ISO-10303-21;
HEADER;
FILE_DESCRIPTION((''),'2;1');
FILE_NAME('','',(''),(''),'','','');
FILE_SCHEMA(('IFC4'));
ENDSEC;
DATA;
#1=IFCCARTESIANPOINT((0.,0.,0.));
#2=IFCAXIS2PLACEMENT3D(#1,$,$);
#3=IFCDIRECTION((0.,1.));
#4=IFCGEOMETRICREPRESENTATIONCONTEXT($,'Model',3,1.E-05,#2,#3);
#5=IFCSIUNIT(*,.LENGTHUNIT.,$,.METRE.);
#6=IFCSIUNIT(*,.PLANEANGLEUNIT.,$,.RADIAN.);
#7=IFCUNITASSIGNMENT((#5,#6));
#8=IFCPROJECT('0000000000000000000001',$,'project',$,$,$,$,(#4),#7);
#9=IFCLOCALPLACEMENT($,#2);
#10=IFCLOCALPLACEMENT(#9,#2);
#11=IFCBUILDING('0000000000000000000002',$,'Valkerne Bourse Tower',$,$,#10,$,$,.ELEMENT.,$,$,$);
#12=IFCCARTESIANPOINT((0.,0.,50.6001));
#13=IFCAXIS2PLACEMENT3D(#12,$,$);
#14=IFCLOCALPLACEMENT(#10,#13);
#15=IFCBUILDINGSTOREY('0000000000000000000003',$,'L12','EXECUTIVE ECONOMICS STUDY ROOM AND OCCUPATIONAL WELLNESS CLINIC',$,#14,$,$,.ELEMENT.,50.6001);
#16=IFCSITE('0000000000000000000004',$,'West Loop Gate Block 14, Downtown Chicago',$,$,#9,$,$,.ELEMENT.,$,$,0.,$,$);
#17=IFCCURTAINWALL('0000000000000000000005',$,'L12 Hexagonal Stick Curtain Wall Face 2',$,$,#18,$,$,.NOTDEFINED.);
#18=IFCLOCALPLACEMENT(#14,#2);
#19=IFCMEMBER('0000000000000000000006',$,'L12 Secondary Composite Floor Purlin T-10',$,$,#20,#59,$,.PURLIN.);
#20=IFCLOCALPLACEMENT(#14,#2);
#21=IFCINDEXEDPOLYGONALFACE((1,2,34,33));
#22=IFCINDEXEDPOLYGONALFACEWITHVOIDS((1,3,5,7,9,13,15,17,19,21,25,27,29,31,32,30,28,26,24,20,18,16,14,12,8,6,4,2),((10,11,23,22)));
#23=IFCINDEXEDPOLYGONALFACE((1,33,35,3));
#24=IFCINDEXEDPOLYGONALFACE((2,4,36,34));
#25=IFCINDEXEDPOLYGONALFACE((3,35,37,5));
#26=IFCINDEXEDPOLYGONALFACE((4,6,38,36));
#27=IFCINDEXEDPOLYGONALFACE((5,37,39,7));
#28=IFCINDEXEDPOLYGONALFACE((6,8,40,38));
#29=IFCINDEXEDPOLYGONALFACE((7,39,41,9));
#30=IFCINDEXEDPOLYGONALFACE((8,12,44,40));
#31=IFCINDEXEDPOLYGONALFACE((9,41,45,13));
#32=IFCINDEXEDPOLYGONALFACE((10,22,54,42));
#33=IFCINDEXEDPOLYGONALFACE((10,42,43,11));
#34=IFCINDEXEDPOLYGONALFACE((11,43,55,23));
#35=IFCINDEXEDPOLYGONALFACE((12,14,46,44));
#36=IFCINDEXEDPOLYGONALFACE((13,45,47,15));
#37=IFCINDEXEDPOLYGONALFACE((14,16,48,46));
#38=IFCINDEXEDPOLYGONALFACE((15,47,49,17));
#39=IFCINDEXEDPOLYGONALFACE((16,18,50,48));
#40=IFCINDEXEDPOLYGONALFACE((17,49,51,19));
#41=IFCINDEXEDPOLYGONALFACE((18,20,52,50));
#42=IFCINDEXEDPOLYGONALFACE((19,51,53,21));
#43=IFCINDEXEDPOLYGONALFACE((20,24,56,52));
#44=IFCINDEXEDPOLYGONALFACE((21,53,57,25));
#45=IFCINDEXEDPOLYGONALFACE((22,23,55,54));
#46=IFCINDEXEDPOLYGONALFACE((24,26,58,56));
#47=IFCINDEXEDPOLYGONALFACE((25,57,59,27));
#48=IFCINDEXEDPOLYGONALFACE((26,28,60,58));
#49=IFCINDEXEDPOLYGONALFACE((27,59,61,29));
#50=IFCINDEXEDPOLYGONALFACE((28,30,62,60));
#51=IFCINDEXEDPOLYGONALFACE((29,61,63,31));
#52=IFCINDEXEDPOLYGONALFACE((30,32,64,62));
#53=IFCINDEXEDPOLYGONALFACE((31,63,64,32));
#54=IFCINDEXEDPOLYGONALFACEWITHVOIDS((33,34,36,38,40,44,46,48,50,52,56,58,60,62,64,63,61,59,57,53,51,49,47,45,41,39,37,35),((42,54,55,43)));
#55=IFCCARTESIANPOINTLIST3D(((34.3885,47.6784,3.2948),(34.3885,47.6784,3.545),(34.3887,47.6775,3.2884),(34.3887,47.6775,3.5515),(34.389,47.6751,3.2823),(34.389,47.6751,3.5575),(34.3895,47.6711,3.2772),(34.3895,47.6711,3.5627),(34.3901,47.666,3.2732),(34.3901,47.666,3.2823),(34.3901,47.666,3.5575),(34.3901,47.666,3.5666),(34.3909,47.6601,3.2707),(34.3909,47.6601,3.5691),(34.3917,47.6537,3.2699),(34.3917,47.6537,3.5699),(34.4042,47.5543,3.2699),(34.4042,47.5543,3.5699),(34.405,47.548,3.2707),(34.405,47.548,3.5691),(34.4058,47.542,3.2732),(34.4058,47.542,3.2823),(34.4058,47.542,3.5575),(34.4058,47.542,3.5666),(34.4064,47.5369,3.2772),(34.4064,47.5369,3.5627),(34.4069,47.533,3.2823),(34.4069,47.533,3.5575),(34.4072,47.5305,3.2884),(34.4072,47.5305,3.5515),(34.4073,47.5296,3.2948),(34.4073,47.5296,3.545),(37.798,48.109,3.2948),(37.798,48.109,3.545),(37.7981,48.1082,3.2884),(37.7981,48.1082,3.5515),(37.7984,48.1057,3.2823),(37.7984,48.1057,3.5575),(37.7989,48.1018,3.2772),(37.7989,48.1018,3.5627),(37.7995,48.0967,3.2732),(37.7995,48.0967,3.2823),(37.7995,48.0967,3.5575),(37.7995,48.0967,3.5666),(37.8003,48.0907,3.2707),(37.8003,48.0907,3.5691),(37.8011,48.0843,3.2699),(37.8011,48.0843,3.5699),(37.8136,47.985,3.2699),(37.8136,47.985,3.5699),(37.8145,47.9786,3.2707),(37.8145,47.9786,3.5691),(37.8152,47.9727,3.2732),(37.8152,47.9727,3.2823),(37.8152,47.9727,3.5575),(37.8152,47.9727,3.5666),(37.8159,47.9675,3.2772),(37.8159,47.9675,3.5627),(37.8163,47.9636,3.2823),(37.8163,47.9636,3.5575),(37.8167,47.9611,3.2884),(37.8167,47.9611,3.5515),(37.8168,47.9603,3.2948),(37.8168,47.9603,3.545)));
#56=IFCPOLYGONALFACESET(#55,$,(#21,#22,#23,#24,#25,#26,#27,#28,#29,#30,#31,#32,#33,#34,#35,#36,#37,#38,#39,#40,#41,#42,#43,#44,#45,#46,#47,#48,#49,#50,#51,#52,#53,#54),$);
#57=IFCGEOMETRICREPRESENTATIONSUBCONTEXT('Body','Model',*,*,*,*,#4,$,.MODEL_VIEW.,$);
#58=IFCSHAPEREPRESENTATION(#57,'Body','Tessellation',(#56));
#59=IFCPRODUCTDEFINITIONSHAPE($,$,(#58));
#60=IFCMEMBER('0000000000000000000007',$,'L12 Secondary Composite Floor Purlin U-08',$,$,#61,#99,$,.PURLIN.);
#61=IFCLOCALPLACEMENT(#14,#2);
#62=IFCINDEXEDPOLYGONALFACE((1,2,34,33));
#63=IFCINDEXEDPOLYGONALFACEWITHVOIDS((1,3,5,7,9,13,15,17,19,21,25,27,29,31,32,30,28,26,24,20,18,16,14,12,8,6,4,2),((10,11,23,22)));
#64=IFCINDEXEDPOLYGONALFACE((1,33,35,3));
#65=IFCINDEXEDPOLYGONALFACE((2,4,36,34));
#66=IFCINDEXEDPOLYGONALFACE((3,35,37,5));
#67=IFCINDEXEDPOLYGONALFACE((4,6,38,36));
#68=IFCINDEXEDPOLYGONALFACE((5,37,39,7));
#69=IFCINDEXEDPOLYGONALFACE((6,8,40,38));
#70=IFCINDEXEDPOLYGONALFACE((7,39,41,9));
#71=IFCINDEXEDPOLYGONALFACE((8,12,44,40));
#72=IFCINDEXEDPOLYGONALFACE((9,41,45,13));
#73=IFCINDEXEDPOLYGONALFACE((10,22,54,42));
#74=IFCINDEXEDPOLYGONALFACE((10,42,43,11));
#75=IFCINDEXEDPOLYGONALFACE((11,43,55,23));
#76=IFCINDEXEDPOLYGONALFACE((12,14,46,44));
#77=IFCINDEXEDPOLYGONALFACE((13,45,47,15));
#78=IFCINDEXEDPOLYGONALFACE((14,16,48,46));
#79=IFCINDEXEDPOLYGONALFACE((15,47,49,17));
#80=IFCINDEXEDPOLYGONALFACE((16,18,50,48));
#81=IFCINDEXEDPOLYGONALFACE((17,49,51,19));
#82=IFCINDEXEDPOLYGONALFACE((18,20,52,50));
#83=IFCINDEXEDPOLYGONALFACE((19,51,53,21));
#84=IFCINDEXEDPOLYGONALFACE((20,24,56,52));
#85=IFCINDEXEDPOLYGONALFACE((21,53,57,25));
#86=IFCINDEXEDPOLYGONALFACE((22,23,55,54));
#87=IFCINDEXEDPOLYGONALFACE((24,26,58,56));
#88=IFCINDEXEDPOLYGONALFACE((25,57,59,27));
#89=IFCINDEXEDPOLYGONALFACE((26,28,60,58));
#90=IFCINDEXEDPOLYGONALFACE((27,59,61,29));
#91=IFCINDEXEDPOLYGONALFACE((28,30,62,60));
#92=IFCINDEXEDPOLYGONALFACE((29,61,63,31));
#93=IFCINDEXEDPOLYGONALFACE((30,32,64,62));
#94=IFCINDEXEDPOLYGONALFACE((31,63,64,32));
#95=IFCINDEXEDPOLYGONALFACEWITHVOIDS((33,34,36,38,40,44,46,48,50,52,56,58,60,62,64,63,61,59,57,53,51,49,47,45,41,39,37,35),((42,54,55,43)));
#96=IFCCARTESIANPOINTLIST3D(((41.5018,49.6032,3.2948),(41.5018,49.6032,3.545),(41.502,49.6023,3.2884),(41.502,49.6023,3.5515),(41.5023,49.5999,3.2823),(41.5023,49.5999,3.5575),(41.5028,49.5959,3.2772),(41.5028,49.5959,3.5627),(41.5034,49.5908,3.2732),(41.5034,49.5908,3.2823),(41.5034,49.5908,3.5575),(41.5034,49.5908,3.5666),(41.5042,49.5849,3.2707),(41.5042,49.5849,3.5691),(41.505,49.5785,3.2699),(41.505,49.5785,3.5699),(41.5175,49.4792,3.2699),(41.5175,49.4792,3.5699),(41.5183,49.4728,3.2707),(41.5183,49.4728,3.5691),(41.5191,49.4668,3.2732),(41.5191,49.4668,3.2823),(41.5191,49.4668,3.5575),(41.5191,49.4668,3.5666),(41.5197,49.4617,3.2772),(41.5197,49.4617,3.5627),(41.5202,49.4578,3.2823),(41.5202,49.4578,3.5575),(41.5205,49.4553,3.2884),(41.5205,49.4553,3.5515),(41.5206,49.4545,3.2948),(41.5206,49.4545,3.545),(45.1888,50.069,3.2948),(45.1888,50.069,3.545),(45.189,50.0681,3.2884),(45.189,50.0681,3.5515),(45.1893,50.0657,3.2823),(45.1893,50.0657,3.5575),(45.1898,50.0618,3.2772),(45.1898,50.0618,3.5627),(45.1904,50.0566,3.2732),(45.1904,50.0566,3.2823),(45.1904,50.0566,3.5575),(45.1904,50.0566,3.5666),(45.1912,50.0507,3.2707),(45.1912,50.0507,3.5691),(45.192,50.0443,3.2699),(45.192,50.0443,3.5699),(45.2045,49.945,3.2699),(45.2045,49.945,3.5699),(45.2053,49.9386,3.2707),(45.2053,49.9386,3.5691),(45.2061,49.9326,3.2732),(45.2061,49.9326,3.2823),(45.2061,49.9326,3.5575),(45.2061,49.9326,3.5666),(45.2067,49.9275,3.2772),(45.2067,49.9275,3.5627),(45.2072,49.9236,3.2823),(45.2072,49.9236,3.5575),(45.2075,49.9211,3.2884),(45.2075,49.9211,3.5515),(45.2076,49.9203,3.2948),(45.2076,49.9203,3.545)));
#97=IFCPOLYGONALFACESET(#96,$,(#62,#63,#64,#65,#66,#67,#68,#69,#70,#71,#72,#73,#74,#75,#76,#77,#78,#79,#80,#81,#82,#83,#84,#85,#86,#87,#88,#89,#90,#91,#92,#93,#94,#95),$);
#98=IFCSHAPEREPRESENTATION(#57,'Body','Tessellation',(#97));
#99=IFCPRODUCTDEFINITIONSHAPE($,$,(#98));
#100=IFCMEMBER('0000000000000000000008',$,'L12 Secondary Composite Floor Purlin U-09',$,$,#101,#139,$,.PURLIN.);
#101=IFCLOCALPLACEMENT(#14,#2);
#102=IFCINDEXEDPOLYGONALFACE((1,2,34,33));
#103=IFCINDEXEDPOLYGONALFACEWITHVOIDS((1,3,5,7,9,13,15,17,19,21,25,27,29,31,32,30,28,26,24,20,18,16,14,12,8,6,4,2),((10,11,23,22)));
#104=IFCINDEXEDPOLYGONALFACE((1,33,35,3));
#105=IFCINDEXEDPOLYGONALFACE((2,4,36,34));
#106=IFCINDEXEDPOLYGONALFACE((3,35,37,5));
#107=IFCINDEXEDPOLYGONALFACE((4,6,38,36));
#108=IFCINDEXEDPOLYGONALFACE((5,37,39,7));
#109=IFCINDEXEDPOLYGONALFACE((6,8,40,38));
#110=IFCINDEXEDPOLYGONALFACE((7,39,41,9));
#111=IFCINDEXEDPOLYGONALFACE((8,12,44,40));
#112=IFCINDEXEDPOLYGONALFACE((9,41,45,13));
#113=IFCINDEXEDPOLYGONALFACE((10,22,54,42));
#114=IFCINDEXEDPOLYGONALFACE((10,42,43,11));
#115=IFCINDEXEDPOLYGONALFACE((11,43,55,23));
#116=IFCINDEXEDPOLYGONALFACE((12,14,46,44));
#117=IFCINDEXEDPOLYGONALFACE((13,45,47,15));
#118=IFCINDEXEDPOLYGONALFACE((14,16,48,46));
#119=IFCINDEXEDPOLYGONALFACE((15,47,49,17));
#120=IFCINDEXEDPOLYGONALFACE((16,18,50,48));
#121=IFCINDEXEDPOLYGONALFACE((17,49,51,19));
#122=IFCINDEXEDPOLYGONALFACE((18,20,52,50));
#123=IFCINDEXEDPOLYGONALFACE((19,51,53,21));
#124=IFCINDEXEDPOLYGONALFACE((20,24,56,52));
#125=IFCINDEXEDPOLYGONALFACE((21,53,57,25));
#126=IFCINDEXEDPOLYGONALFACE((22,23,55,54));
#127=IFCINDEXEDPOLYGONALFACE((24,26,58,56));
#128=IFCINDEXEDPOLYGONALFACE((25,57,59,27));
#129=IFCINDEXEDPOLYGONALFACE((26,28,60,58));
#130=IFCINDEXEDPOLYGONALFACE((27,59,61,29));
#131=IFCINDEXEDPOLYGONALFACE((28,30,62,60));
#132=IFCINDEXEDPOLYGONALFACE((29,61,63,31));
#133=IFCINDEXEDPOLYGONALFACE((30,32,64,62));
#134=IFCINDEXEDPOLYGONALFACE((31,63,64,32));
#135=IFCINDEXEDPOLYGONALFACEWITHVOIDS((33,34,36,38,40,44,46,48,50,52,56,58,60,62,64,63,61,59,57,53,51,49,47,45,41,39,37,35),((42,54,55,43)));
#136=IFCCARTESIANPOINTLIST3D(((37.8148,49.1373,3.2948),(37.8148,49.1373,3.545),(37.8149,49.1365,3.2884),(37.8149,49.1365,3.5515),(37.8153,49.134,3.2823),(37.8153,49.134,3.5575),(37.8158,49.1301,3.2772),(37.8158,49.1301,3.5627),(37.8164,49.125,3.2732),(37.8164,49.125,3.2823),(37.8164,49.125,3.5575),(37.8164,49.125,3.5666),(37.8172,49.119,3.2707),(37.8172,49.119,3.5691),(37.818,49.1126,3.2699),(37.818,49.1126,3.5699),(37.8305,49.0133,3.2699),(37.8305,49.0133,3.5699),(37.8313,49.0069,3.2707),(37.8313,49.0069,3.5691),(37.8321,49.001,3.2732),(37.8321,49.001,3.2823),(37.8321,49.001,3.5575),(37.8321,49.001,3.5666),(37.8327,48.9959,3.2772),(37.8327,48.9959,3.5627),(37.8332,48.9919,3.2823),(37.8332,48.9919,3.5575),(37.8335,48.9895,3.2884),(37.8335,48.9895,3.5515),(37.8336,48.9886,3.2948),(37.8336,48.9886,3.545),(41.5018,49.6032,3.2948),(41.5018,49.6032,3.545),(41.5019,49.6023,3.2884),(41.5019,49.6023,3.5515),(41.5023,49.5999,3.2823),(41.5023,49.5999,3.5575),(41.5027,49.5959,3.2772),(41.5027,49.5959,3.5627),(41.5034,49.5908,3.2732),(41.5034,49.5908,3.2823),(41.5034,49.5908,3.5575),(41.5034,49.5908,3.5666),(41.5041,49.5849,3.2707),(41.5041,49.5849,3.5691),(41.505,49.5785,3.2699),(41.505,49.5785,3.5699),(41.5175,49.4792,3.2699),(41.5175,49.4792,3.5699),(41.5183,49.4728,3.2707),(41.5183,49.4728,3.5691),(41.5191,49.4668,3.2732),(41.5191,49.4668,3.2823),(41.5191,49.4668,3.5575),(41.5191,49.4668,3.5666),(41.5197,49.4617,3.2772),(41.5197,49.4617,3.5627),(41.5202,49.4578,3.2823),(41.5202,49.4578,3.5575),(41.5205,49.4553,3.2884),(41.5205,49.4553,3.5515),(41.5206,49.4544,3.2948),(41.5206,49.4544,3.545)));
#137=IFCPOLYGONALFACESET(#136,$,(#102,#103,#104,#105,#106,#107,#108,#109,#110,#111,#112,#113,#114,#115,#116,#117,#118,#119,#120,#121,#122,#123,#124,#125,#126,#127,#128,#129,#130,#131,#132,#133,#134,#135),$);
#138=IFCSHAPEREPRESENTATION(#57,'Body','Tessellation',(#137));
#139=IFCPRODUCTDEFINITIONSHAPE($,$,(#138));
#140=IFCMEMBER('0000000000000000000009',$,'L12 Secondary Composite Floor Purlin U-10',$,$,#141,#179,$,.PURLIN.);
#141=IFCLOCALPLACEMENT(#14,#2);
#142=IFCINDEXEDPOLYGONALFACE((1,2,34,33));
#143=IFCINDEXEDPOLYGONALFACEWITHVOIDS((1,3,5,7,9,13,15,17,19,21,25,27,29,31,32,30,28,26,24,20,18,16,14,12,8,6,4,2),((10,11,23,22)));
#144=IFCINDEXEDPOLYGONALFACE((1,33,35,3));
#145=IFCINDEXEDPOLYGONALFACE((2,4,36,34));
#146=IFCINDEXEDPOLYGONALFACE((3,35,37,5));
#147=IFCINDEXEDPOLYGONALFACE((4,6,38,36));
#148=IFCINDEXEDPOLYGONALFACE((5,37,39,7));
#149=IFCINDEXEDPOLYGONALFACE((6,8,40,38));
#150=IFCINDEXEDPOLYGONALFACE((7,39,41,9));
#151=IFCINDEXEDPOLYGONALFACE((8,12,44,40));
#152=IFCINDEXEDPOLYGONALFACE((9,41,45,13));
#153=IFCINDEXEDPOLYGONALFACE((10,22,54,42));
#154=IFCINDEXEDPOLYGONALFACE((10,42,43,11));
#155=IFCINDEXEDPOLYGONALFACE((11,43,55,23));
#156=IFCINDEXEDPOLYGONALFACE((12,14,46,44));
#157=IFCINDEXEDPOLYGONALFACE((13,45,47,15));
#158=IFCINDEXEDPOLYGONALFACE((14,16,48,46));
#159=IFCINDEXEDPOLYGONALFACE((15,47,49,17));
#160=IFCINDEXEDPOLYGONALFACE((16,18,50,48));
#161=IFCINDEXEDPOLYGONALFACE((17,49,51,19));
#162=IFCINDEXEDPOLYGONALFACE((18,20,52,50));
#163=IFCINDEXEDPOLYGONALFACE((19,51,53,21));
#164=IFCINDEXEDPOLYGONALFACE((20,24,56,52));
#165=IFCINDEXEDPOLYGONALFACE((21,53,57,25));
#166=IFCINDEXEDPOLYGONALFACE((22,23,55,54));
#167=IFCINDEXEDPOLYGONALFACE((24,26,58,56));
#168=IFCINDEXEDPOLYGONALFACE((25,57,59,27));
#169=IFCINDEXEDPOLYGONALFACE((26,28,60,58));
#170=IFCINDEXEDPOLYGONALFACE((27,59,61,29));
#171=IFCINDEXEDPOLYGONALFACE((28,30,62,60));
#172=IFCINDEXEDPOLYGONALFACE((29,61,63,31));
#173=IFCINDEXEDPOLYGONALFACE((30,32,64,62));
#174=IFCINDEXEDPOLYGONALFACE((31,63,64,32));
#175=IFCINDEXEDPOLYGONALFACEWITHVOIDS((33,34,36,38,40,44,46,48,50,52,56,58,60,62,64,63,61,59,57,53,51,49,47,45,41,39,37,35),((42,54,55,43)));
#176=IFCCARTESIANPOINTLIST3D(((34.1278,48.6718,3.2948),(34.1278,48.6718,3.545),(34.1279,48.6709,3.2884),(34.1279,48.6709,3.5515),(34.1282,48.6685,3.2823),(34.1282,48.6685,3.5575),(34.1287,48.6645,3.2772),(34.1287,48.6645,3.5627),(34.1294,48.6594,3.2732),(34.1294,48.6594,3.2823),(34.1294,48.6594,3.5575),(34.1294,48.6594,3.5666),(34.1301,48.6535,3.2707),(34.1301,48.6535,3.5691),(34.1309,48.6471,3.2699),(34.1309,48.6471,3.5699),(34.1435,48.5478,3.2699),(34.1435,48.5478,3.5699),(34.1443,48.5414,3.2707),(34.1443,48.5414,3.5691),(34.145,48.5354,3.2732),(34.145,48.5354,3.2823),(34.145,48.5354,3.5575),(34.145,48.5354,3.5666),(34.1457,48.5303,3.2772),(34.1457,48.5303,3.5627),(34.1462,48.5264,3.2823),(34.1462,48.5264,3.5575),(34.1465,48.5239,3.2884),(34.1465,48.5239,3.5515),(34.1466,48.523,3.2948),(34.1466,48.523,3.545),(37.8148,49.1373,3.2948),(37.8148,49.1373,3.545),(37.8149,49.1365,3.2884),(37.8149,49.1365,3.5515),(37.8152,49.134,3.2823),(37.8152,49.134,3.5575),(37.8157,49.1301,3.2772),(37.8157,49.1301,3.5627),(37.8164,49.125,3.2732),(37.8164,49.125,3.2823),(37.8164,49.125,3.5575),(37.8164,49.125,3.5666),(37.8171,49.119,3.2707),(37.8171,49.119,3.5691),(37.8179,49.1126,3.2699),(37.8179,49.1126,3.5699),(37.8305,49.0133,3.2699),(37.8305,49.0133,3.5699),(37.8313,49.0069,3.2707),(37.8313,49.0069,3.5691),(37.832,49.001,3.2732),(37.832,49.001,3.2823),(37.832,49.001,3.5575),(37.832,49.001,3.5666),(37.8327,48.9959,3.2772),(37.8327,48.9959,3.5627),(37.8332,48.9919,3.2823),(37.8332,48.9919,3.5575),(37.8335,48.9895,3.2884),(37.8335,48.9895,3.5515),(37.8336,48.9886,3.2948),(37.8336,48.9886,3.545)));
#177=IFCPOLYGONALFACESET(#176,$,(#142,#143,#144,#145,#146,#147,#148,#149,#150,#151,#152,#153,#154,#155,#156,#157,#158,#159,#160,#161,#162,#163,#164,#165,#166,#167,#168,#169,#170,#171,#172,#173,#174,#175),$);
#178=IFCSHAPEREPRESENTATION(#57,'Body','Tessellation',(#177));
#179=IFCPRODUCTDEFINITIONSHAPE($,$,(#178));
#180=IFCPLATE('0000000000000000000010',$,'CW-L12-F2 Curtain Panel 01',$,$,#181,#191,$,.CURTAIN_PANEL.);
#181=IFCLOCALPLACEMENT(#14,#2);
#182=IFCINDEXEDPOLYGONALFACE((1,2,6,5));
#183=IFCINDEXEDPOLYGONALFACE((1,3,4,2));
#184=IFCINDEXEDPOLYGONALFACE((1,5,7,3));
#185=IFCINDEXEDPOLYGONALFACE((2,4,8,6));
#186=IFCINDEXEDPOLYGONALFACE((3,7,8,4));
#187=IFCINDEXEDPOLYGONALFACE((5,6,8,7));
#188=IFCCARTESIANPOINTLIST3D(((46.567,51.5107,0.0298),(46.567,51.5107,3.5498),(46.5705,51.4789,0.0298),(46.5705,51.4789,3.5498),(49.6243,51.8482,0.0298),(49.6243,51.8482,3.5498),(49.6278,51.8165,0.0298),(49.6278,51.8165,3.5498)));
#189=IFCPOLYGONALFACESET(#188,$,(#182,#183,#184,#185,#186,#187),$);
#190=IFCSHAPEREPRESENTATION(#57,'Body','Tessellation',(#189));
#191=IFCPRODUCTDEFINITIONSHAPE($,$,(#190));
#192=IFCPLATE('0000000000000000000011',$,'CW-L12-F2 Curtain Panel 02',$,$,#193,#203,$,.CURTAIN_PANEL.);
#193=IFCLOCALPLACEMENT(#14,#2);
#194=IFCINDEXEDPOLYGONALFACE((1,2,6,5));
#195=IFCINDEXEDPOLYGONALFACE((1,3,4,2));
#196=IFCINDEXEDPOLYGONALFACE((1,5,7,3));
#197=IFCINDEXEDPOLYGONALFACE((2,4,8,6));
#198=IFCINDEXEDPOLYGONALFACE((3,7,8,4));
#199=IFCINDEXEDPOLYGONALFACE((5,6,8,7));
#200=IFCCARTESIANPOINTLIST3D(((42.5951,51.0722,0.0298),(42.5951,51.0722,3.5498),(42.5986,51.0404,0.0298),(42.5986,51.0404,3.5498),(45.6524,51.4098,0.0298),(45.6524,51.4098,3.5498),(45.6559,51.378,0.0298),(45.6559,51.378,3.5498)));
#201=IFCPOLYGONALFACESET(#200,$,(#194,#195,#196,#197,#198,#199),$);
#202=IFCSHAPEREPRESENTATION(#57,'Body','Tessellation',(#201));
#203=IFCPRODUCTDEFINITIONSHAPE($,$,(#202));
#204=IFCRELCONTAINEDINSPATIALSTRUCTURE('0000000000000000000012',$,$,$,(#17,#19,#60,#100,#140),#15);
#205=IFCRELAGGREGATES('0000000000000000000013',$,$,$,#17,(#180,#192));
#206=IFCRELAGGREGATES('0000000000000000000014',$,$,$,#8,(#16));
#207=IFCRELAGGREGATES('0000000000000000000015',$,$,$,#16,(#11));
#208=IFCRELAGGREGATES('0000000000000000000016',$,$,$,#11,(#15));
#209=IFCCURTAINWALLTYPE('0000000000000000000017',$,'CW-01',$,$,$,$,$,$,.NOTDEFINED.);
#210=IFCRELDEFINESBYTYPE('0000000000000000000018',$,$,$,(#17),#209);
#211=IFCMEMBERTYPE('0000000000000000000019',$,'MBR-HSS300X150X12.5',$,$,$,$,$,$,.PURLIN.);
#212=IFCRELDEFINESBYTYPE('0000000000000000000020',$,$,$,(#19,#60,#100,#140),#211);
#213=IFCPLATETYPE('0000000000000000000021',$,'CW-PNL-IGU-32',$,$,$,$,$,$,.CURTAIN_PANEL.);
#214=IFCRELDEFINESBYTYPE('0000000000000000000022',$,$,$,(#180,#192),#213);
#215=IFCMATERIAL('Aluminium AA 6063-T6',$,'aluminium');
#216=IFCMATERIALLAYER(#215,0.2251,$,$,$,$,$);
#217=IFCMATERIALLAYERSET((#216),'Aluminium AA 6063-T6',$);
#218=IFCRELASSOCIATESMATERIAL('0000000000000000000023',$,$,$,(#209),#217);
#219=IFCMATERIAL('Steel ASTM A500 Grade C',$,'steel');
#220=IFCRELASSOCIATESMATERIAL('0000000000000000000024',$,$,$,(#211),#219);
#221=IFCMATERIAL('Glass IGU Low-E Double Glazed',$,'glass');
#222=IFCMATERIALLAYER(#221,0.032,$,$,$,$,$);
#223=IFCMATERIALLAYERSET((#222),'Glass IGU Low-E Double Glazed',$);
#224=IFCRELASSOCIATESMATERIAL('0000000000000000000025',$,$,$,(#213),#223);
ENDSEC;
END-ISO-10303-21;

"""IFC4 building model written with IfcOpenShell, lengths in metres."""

from ifc_helpers import new_model, si_unit, direction, frame, origin, origin_2d, place, context, subcontext, project, spatial, rectangle, hollow_rectangle, extrude, material, layer, layer_set, material_profile, profile_set, type_object, element, aggregate, save


model = new_model("IFC4")

# Units and contexts
model_context = context("Model", 3, precision=1e-05, world=origin(), true_north=direction((0.0, 1.0)))
body_context = subcontext(model_context, "Body", "Model", "MODEL_VIEW")
ifc_project = project(units=[si_unit("LENGTHUNIT", "METRE"), si_unit("PLANEANGLEUNIT", "RADIAN")], contexts=[model_context])

# Site, building, storey
site_placement = place(None, origin())
site = spatial("IfcSite", under=ifc_project, at=site_placement, Name="West Loop Gate Block 14, Downtown Chicago", CompositionType="ELEMENT", RefElevation=0.0)
building_placement = place(site_placement, origin())
building = spatial("IfcBuilding", under=site, at=building_placement, Name="Valkerne Bourse Tower", CompositionType="ELEMENT")
storey_placement = place(building_placement, frame((0.0, 0.0, 50.6001)))
storey = spatial("IfcBuildingStorey", under=building, at=storey_placement, Name="L12", Description="EXECUTIVE ECONOMICS STUDY ROOM AND OCCUPATIONAL WELLNESS CLINIC", CompositionType="ELEMENT", Elevation=50.6001)

# Curtain wall
ifc_material_1 = material(Name="Aluminium AA 6063-T6", Category="aluminium")
ifc_layer_1 = layer(ifc_material_1, 0.2251)
ifc_layer_set_1 = layer_set([ifc_layer_1], Name="Aluminium AA 6063-T6")
curtain_wall_type = type_object("IfcCurtainWallType", Name="CW-01", PredefinedType="NOTDEFINED", material=ifc_layer_set_1)
curtain_wall_placement = place(storey_placement, origin())
curtain_wall = element("IfcCurtainWall", 1, at=curtain_wall_placement, inside=storey, type_object=curtain_wall_type, Name="L12 Hexagonal Stick Curtain Wall Face 2", PredefinedType="NOTDEFINED")

# Members
ifc_material_2 = material(Name="Steel ASTM A500 Grade C", Category="steel")
ifc_material_profile_1 = material_profile(ifc_material_2, hollow_rectangle(XDim=0.1499, YDim=0.3, WallThickness=0.0125, OuterFilletRadius=0.0249, at=origin_2d()), Name="HSS300X150X12.5")
ifc_profile_set_1 = profile_set([ifc_material_profile_1], Name="Steel ASTM A500 Grade C")
member_type_1 = type_object("IfcMemberType", Name="MBR-HSS300X150X12.5", PredefinedType="PURLIN", material=ifc_profile_set_1)
for number, where, z_axis, x_axis, name in (
    (2, (37.8074, 48.0347, 3.4199), (-0.992116, -0.12532, 0.0), (0.12532, -0.992116, 0.0), "L12 Secondary Composite Floor Purlin T-10"),
):
    element("IfcMember", number, at=place(storey_placement, frame(where, z_axis=z_axis, x_axis=x_axis)), inside=storey, type_object=member_type_1, Name=name, PredefinedType="PURLIN", context=body_context, shape_type="SweptSolid", body=[
        extrude(hollow_rectangle(XDim=0.1499, YDim=0.3, WallThickness=0.0125, OuterFilletRadius=0.0249, at=origin_2d()), origin(), (0.0, 0.0, 1.0), 3.4365),
    ])
for number, where, z_axis, x_axis, name in (
    (3, (45.1982, 49.9946, 3.4199), (-0.992113, -0.125344, 0.0), (0.125344, -0.992113, 0.0), "L12 Secondary Composite Floor Purlin U-08"),
    (4, (41.5112, 49.5288, 3.4199), (-0.992113, -0.125344, 0.0), (0.125344, -0.992113, 0.0), "L12 Secondary Composite Floor Purlin U-09"),
    (5, (37.8242, 49.063, 3.4199), (-0.992121, -0.12528, 0.0), (0.12528, -0.992121, 0.0), "L12 Secondary Composite Floor Purlin U-10"),
):
    element("IfcMember", number, at=place(storey_placement, frame(where, z_axis=z_axis, x_axis=x_axis)), inside=storey, type_object=member_type_1, Name=name, PredefinedType="PURLIN", context=body_context, shape_type="SweptSolid", body=[
        extrude(hollow_rectangle(XDim=0.1499, YDim=0.3, WallThickness=0.0125, OuterFilletRadius=0.0249, at=origin_2d()), origin(), (0.0, 0.0, 1.0), 3.7163),
    ])

# Plates
ifc_material_3 = material(Name="Glass IGU Low-E Double Glazed", Category="glass")
ifc_layer_2 = layer(ifc_material_3, 0.032)
ifc_layer_set_2 = layer_set([ifc_layer_2], Name="Glass IGU Low-E Double Glazed")
plate_type = type_object("IfcPlateType", Name="CW-PNL-IGU-32", PredefinedType="CURTAIN_PANEL", material=ifc_layer_set_2)
plate_1_placement = place(storey_placement, frame((48.0974, 51.6636, 0.0298), z_axis=(0.0, 0.0, 1.0), x_axis=(-0.993961, -0.109737, 0.0)))
plate_1 = element("IfcPlate", 6, at=plate_1_placement, type_object=plate_type, Name="CW-L12-F2 Curtain Panel 01", PredefinedType="CURTAIN_PANEL", context=body_context, shape_type="SweptSolid", body=[
    extrude(rectangle(XDim=3.0759, YDim=0.032, at=origin_2d()), origin(), (0.0, 0.0, 1.0), 3.52),
])
plate_2_placement = place(storey_placement, frame((44.1255, 51.2251, 0.0298), z_axis=(0.0, 0.0, 1.0), x_axis=(-0.993961, -0.109734, 0.0)))
plate_2 = element("IfcPlate", 7, at=plate_2_placement, type_object=plate_type, Name="CW-L12-F2 Curtain Panel 02", PredefinedType="CURTAIN_PANEL", context=body_context, shape_type="SweptSolid", body=[
    extrude(rectangle(XDim=3.0759, YDim=0.032, at=origin_2d()), origin(), (0.0, 0.0, 1.0), 3.52),
])
aggregate(curtain_wall, [plate_1, plate_2])

save(model, "model.ifc")
